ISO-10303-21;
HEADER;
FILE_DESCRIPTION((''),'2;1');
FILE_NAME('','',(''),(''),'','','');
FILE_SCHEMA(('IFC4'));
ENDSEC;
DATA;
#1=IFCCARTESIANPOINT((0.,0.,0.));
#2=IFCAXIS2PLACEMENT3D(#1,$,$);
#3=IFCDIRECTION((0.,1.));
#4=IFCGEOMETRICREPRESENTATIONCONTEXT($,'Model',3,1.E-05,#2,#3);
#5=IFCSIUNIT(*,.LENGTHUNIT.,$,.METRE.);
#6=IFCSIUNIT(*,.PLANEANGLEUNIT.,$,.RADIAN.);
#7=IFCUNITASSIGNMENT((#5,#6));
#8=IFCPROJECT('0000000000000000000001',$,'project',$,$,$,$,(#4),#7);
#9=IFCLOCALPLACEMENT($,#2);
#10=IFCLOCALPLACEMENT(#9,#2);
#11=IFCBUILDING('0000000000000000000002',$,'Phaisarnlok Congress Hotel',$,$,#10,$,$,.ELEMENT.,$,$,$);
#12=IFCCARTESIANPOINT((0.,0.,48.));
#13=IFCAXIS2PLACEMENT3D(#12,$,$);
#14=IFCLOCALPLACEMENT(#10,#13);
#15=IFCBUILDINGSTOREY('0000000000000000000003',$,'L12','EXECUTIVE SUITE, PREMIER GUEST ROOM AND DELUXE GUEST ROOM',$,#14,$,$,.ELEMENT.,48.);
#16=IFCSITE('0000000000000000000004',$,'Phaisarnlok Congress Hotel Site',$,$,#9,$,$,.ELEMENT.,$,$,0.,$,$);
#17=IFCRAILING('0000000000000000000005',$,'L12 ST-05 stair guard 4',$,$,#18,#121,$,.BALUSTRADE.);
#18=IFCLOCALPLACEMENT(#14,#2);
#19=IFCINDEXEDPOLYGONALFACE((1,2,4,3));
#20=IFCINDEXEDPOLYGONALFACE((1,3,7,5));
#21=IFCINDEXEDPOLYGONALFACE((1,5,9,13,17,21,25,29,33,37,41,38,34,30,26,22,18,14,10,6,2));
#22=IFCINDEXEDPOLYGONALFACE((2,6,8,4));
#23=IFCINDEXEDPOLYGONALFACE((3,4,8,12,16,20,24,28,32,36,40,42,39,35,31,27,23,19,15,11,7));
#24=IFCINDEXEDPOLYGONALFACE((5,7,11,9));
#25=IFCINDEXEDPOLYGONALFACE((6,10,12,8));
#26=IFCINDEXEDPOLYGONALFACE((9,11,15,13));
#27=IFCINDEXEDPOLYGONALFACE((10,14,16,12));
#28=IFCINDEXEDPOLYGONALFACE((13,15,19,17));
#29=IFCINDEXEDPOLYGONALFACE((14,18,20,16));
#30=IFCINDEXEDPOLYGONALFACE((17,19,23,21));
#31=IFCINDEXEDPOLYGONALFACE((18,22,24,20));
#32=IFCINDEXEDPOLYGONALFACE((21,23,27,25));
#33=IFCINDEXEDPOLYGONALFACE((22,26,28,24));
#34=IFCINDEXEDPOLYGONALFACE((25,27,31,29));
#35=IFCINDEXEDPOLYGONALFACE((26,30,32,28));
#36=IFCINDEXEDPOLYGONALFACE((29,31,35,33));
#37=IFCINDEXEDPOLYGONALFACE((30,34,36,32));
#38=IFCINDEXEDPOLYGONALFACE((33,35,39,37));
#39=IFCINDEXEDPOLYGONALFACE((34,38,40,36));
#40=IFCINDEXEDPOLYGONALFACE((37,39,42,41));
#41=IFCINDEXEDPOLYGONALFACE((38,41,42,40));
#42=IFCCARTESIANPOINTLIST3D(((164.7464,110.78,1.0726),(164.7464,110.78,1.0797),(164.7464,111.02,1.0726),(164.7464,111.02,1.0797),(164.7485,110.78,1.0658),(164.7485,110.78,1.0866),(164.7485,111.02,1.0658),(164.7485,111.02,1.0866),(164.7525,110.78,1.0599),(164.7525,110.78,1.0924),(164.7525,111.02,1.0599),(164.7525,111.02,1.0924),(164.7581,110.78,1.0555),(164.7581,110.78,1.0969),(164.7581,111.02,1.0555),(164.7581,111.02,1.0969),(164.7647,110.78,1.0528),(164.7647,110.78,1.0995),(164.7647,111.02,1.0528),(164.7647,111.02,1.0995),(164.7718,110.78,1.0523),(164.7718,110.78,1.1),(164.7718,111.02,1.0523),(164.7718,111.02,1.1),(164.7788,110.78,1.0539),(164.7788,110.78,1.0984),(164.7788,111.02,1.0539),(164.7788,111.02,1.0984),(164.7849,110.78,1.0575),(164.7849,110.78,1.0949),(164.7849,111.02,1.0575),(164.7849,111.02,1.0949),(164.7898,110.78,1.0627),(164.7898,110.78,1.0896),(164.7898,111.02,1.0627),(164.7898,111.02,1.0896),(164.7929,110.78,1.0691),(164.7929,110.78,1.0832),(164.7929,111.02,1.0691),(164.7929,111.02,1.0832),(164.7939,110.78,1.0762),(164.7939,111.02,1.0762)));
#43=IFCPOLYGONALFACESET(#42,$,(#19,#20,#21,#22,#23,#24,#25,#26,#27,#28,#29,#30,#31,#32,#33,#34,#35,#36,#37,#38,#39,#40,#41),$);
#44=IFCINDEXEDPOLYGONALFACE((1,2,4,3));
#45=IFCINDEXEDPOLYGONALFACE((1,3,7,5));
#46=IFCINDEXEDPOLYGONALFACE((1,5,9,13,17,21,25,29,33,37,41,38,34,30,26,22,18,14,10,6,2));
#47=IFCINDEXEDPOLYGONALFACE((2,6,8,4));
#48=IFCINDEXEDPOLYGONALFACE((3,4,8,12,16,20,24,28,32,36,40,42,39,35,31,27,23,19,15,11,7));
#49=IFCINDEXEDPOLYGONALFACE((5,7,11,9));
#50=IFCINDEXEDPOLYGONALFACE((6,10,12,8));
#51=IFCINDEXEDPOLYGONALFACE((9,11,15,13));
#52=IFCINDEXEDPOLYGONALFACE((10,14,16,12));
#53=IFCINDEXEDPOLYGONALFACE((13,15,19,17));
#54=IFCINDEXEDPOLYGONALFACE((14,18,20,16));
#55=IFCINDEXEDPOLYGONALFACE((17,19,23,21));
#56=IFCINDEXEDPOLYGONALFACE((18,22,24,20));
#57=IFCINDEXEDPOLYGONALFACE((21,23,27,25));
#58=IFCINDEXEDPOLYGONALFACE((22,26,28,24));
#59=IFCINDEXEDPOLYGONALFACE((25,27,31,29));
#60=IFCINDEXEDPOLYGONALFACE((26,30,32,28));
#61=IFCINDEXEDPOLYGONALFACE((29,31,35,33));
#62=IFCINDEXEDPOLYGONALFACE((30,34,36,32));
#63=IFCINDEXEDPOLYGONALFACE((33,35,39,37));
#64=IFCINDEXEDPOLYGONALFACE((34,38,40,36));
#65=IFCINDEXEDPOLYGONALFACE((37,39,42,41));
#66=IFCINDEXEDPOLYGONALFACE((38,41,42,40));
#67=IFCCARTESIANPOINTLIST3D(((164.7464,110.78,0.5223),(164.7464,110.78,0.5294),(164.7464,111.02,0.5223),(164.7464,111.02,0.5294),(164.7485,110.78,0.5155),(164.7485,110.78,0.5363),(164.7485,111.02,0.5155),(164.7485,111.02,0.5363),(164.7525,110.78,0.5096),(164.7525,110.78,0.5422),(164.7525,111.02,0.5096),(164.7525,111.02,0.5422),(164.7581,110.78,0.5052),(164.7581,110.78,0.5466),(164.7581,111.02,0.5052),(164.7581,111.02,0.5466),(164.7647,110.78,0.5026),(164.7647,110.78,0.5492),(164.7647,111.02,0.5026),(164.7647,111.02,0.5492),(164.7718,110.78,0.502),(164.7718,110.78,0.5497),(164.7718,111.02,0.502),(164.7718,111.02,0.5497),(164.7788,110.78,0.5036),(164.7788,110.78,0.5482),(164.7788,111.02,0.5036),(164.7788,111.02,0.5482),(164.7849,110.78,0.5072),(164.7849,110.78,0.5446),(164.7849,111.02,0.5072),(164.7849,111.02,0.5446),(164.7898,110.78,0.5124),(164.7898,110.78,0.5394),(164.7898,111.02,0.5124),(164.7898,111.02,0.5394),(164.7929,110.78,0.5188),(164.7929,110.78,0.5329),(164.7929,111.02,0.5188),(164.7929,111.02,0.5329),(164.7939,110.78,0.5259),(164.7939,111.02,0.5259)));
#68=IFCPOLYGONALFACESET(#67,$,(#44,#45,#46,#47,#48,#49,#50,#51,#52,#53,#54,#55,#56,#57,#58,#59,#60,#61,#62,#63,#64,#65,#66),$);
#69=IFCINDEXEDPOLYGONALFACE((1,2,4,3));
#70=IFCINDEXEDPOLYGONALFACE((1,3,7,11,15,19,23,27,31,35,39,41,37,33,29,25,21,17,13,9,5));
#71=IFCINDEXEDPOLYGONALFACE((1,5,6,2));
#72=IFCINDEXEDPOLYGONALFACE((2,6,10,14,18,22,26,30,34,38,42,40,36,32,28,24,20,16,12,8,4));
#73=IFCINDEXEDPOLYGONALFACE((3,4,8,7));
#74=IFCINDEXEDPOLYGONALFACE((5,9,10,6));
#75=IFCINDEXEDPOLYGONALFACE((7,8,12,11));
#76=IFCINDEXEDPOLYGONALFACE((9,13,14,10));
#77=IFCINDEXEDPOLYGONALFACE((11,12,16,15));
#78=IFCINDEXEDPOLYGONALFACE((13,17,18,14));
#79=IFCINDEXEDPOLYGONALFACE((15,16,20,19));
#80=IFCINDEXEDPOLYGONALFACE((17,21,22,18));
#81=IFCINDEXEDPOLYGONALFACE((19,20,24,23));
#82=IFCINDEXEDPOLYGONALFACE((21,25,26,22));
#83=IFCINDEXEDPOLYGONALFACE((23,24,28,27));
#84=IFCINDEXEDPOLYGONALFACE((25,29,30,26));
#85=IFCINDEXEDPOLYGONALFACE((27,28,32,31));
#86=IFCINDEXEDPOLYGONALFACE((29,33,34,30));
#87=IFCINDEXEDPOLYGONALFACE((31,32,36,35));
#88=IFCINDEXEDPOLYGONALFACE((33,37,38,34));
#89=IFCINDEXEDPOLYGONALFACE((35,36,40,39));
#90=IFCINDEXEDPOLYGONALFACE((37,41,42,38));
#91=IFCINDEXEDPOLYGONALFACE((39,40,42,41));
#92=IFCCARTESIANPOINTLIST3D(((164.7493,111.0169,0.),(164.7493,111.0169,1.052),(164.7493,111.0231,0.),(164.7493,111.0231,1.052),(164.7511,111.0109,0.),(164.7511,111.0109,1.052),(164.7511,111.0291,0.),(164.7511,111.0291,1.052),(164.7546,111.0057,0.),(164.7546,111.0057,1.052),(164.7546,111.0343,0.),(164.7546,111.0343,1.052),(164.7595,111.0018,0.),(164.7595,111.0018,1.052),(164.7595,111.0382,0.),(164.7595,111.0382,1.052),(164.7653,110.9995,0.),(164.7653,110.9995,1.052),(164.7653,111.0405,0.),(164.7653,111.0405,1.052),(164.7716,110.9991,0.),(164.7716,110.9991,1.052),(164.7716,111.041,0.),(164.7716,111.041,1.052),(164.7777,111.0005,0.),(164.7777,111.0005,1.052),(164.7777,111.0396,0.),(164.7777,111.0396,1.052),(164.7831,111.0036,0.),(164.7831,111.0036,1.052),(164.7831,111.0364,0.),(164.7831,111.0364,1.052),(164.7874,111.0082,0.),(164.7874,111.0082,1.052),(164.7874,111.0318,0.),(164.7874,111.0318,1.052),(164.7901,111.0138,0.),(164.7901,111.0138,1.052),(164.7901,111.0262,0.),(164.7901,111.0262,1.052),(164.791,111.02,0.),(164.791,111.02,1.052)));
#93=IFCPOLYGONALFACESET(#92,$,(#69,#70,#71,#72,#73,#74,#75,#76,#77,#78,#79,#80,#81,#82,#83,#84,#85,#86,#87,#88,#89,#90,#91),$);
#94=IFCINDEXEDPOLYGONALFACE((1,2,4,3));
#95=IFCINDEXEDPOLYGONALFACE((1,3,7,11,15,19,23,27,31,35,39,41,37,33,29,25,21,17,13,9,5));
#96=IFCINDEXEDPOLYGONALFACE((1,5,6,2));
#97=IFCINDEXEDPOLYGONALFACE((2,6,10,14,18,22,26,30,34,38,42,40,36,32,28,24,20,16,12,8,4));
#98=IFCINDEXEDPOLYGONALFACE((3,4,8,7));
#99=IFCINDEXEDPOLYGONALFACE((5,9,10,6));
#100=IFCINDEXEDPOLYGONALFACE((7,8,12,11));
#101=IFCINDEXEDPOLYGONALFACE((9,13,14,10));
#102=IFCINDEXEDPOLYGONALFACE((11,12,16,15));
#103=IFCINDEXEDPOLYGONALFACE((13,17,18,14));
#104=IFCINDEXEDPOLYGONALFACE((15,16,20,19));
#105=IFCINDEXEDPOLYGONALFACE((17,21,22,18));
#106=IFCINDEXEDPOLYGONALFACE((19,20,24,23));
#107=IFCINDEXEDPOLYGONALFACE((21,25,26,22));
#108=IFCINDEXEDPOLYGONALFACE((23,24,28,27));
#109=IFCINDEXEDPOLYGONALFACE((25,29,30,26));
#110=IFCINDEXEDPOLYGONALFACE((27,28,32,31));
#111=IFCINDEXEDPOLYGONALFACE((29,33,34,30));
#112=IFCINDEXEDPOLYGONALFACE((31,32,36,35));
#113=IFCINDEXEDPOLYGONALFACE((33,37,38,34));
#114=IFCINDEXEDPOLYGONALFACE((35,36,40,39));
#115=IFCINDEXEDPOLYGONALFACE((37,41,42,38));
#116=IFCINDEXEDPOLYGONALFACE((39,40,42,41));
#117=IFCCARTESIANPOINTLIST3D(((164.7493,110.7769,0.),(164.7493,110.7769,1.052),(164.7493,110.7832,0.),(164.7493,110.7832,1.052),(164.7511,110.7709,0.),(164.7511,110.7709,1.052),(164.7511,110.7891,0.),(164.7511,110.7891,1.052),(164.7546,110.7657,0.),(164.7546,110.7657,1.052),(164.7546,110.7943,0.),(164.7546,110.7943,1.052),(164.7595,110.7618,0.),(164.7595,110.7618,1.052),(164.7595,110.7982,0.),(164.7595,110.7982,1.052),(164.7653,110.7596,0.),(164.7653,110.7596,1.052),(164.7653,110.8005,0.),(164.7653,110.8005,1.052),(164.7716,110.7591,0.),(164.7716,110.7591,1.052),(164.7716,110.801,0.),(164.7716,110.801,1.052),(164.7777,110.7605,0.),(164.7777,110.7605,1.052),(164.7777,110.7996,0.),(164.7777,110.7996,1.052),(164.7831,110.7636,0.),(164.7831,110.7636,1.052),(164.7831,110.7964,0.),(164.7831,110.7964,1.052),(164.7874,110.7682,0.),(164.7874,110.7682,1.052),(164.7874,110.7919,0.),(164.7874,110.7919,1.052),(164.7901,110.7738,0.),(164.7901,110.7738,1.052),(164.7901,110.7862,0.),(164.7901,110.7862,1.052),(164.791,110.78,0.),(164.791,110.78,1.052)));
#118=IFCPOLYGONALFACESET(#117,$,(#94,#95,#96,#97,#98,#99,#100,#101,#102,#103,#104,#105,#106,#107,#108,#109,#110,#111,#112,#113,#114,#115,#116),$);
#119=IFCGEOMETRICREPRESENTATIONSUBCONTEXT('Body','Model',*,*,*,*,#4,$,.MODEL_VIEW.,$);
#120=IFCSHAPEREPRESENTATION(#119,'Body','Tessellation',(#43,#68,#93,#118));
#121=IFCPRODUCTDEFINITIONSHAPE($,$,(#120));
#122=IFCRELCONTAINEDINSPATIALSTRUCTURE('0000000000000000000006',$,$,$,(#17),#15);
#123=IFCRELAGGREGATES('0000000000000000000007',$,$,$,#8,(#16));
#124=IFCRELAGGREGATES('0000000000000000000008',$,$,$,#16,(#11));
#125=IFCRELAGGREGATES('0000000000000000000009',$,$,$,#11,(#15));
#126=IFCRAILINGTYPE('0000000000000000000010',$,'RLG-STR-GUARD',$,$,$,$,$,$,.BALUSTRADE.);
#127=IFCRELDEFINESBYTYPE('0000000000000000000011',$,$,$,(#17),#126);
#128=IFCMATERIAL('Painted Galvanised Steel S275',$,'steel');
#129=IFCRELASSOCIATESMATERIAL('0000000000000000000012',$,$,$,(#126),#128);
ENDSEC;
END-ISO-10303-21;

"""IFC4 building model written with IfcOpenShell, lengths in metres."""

from ifc_helpers import new_model, si_unit, direction, frame, origin, origin_2d, place, context, subcontext, project, spatial, circle, extrude, material, type_object, element, save


model = new_model("IFC4")

# Units and contexts
model_context = context("Model", 3, precision=1e-05, world=origin(), true_north=direction((0.0, 1.0)))
body_context = subcontext(model_context, "Body", "Model", "MODEL_VIEW")
ifc_project = project(units=[si_unit("LENGTHUNIT", "METRE"), si_unit("PLANEANGLEUNIT", "RADIAN")], contexts=[model_context])

# Site, building, storey
site_placement = place(None, origin())
site = spatial("IfcSite", under=ifc_project, at=site_placement, Name="Phaisarnlok Congress Hotel Site", CompositionType="ELEMENT", RefElevation=0.0)
building_placement = place(site_placement, origin())
building = spatial("IfcBuilding", under=site, at=building_placement, Name="Phaisarnlok Congress Hotel", CompositionType="ELEMENT")
storey_placement = place(building_placement, frame((0.0, 0.0, 48.0)))
storey = spatial("IfcBuildingStorey", under=building, at=storey_placement, Name="L12", Description="EXECUTIVE SUITE, PREMIER GUEST ROOM AND DELUXE GUEST ROOM", CompositionType="ELEMENT", Elevation=48.0)

# Railing
ifc_material_1 = material(Name="Painted Galvanised Steel S275", Category="steel")
railing_type_1 = type_object("IfcRailingType", Name="RLG-STR-GUARD", PredefinedType="BALUSTRADE", material=ifc_material_1)
railing_1_placement = place(storey_placement, frame((164.77, 111.02, 0.0)))
element("IfcRailing", 1, at=railing_1_placement, inside=storey, type_object=railing_type_1, Name="L12 ST-05 stair guard 4", PredefinedType="BALUSTRADE", context=body_context, shape_type="SweptSolid", body=[
    extrude(circle(Radius=0.0239, at=origin_2d()), frame((0.0, 0.0, 1.0762), z_axis=(0.0, -1.0, 0.0), x_axis=(1.0, 0.0, 0.0)), (0.0, 0.0, 1.0), 0.24),
    extrude(circle(Radius=0.0239, at=origin_2d()), frame((0.0, 0.0, 0.5259), z_axis=(0.0, -1.0, 0.0), x_axis=(1.0, 0.0, 0.0)), (0.0, 0.0, 1.0), 0.24),
    extrude(circle(Radius=0.021, at=origin_2d()), origin(), (0.0, 0.0, 1.0), 1.052),
    extrude(circle(Radius=0.021, at=origin_2d()), frame((0.0, -0.24, 0.0)), (0.0, 0.0, 1.0), 1.052),
])

save(model, "model.ifc")
